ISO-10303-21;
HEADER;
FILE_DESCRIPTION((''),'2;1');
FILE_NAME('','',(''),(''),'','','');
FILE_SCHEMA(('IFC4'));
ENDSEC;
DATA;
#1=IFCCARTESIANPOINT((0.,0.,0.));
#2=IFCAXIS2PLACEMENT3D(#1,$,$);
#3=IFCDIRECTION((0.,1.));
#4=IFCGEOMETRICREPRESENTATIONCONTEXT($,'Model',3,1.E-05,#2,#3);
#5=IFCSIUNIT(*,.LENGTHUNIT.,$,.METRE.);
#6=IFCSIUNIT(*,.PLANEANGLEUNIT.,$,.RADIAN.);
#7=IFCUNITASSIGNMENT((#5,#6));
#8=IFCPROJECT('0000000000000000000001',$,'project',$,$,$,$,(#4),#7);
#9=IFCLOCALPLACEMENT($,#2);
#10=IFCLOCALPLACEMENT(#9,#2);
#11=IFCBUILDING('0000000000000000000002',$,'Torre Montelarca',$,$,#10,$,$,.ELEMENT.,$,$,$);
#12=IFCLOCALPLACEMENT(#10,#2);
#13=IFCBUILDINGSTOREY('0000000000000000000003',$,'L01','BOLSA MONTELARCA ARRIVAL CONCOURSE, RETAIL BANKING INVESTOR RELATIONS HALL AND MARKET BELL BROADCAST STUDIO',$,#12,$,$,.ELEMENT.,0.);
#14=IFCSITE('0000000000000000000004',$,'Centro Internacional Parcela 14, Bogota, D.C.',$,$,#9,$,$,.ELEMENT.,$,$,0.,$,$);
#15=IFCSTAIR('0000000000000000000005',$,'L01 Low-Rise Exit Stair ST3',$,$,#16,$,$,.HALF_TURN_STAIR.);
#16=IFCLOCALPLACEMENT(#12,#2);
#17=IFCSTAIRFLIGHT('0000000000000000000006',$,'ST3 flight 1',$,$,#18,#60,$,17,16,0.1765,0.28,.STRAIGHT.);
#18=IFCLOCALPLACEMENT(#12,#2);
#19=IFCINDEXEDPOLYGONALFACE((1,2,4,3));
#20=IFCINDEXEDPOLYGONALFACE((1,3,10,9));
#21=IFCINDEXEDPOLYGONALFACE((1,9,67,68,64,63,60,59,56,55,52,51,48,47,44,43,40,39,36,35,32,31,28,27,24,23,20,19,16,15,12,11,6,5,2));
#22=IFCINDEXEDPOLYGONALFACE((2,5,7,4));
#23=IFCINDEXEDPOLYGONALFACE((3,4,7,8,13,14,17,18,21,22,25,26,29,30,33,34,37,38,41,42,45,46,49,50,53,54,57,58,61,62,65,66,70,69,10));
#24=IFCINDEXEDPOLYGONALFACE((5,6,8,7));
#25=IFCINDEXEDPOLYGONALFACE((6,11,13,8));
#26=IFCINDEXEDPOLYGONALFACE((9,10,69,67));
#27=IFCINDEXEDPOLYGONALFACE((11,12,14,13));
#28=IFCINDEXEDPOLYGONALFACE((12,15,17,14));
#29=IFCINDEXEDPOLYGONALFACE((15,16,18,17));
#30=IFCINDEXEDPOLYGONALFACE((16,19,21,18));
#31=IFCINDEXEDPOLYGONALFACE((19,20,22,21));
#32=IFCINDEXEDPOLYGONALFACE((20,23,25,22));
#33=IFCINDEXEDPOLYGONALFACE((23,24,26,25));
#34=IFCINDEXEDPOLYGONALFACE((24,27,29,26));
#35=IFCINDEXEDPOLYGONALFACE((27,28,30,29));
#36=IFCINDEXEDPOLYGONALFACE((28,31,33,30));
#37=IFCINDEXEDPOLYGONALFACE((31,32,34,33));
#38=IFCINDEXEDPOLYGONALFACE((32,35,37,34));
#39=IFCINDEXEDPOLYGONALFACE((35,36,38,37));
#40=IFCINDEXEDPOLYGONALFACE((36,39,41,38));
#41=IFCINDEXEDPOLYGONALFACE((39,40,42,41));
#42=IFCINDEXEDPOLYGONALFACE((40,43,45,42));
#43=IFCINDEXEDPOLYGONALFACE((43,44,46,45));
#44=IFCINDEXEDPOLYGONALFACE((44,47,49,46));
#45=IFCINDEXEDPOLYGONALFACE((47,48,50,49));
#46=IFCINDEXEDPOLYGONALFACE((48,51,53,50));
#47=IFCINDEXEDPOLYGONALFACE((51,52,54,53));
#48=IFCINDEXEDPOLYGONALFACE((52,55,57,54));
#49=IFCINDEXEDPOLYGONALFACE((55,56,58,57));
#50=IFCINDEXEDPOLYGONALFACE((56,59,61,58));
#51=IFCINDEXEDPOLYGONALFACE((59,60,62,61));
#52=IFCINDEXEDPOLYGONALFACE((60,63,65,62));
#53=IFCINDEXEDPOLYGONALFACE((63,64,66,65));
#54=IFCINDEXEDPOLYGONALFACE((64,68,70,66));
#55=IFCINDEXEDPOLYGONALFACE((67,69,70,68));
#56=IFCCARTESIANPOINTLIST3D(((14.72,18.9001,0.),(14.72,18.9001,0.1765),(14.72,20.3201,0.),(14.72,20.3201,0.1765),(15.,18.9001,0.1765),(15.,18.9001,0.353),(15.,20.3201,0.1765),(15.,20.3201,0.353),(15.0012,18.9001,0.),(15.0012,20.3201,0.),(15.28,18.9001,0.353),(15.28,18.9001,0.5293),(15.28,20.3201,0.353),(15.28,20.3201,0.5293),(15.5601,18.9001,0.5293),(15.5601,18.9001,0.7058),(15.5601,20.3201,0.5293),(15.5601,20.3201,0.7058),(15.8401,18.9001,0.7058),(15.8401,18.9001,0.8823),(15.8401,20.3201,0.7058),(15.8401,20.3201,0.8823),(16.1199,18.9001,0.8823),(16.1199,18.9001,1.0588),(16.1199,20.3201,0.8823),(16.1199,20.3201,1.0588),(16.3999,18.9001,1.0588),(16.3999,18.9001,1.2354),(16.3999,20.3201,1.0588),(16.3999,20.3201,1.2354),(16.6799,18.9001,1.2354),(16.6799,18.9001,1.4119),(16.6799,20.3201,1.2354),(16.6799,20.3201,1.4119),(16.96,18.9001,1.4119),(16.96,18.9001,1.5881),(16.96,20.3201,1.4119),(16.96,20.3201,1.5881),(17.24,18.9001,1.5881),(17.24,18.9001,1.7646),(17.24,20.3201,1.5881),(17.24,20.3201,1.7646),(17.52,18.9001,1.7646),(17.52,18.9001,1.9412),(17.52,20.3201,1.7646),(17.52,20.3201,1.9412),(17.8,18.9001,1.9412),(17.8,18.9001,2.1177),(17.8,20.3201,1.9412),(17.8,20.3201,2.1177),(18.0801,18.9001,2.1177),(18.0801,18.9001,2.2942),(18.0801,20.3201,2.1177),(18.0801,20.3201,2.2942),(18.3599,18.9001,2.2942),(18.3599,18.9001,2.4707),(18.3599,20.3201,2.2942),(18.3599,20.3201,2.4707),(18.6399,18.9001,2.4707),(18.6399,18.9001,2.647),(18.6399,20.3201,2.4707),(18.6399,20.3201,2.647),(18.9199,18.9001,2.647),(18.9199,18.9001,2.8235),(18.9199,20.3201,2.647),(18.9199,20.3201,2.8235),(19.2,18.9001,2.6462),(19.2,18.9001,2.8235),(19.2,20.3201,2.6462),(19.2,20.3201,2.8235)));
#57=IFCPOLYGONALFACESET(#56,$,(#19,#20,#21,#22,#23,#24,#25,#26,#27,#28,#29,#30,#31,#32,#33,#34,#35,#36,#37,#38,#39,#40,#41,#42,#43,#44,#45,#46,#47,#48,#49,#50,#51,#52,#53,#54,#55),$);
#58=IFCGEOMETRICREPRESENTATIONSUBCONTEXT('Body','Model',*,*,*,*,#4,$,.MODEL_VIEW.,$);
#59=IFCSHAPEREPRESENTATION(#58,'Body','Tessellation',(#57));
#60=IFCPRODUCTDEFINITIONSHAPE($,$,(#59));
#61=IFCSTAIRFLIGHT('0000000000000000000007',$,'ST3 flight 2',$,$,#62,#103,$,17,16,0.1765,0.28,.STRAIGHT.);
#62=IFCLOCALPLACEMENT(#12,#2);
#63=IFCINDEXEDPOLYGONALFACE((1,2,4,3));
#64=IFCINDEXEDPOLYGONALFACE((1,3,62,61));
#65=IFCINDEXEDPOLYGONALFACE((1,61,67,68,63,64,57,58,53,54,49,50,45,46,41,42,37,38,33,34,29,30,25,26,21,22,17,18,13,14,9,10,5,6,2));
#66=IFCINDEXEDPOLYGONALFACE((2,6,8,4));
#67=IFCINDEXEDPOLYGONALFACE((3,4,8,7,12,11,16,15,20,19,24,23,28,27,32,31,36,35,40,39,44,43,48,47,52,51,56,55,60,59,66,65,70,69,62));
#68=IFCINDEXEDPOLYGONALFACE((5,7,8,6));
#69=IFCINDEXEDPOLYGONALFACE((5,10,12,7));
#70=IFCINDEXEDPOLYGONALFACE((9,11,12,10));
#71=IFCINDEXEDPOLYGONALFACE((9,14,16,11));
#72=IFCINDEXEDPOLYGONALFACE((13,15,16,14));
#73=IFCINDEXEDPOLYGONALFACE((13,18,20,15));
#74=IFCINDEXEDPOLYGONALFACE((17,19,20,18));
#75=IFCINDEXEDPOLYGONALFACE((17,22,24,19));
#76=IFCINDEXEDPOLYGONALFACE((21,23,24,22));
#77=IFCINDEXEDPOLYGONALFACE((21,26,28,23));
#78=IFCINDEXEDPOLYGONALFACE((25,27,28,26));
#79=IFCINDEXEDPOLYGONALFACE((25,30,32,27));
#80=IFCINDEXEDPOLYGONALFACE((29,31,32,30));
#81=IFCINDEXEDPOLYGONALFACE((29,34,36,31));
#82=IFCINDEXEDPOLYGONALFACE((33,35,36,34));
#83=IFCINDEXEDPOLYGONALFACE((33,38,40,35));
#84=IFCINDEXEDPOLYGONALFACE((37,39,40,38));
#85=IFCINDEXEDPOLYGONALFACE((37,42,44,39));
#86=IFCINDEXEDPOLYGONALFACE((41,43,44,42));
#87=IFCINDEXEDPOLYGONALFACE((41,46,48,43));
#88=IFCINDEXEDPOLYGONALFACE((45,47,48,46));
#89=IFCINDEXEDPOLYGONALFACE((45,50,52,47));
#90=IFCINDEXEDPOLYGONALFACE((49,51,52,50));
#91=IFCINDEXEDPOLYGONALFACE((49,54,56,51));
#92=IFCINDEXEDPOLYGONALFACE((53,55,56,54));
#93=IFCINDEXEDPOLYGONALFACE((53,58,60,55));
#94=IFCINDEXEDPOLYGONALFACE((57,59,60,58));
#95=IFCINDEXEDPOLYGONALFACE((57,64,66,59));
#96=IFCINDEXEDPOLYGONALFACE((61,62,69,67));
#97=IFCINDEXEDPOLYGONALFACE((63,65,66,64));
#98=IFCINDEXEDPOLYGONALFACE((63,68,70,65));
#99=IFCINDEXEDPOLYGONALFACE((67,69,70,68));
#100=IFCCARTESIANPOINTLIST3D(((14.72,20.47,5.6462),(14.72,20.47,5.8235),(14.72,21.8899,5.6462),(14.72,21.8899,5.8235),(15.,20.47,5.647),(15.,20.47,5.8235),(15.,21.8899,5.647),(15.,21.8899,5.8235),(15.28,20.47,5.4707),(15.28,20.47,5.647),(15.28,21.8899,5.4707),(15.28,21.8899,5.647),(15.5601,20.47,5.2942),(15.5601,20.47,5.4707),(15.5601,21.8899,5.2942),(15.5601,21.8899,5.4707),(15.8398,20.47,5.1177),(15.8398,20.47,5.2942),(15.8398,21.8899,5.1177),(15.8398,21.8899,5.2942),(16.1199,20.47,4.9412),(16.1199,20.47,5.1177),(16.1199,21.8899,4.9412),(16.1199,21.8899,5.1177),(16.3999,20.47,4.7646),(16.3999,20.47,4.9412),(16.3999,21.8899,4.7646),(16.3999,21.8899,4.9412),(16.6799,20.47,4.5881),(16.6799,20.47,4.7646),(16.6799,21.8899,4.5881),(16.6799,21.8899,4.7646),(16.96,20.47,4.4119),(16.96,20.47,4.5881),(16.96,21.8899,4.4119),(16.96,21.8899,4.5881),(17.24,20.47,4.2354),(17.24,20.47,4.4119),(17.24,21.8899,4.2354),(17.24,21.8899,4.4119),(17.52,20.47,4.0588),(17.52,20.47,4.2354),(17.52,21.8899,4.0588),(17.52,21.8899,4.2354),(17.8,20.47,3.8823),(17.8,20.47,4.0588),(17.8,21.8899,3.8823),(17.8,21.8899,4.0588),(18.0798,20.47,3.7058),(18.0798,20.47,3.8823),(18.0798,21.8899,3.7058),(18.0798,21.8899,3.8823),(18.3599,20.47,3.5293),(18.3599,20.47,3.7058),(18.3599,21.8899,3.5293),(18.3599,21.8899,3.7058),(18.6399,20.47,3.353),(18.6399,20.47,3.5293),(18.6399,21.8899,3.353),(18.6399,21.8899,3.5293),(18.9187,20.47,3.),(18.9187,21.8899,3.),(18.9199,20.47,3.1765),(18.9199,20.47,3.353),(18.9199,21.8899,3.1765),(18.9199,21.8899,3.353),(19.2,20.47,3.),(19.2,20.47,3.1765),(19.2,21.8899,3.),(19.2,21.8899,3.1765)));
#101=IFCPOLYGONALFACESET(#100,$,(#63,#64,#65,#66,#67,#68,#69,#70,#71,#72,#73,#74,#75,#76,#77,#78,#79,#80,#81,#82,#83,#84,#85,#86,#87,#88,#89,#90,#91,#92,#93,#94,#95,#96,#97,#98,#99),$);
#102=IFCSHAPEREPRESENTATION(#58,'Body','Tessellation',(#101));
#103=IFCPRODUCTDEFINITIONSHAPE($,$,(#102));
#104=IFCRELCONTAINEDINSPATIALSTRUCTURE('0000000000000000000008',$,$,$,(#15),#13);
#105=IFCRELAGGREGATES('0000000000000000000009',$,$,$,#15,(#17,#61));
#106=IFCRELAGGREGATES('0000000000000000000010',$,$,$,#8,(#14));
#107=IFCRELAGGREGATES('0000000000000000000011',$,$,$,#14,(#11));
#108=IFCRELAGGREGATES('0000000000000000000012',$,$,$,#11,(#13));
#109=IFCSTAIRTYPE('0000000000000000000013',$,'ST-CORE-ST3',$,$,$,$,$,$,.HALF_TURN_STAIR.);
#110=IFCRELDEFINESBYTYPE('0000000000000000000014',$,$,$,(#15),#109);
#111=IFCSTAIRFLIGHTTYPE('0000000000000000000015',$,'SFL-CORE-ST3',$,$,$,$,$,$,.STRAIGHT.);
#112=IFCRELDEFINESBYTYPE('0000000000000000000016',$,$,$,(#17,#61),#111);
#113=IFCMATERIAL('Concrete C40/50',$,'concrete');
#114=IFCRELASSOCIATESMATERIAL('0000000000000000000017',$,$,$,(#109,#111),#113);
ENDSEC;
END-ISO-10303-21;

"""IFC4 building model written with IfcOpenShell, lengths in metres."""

from ifc_helpers import new_model, si_unit, direction, frame, origin, place, context, subcontext, project, spatial, polyline, outline, extrude, material, type_object, element, aggregate, save


model = new_model("IFC4")

# Units and contexts
model_context = context("Model", 3, precision=1e-05, world=origin(), true_north=direction((0.0, 1.0)))
body_context = subcontext(model_context, "Body", "Model", "MODEL_VIEW")
ifc_project = project(units=[si_unit("LENGTHUNIT", "METRE"), si_unit("PLANEANGLEUNIT", "RADIAN")], contexts=[model_context])

# Site, building, storey
site_placement = place(None, origin())
site = spatial("IfcSite", under=ifc_project, at=site_placement, Name="Centro Internacional Parcela 14, Bogota, D.C.", CompositionType="ELEMENT", RefElevation=0.0)
building_placement = place(site_placement, origin())
building = spatial("IfcBuilding", under=site, at=building_placement, Name="Torre Montelarca", CompositionType="ELEMENT")
storey_placement = place(building_placement, origin())
storey = spatial("IfcBuildingStorey", under=building, at=storey_placement, Name="L01", Description="BOLSA MONTELARCA ARRIVAL CONCOURSE, RETAIL BANKING INVESTOR RELATIONS HALL AND MARKET BELL BROADCAST STUDIO", CompositionType="ELEMENT", Elevation=0.0)

# Shared definitions
ifc_material_1 = material(Name="Concrete C40/50", Category="concrete")

# Stair, stair flights
stair_type_1 = type_object("IfcStairType", Name="ST-CORE-ST3", PredefinedType="HALF_TURN_STAIR", material=ifc_material_1)
stair_1_placement = place(storey_placement, origin())
stair_1 = element("IfcStair", 1, at=stair_1_placement, inside=storey, type_object=stair_type_1, Name="L01 Low-Rise Exit Stair ST3", PredefinedType="HALF_TURN_STAIR")
stair_flight_type_1 = type_object("IfcStairFlightType", Name="SFL-CORE-ST3", PredefinedType="STRAIGHT", material=ifc_material_1)
stair_flight_1_placement = place(storey_placement, frame((14.72, 19.6101, 0.0), z_axis=(0.0, 0.0, 1.0), x_axis=(1.0, 0.0, 0.0)))
stair_flight_1 = element("IfcStairFlight", 2, at=stair_flight_1_placement, type_object=stair_flight_type_1, Name="ST3 flight 1", NumberOfRisers=17, NumberOfTreads=16, PredefinedType="STRAIGHT", RiserHeight=0.1765, TreadLength=0.28, context=body_context, shape_type="SweptSolid", body=[
    extrude(outline(polyline([(0.0, 0.0), (0.0, 0.1765), (0.28, 0.1765), (0.28, 0.353), (0.5601, 0.353), (0.5601, 0.5293), (0.8401, 0.5293), (0.8401, 0.7058), (1.1201, 0.7058), (1.1201, 0.8823), (1.3999, 0.8823), (1.3999, 1.0588), (1.6799, 1.0588), (1.6799, 1.2354), (1.96, 1.2354), (1.96, 1.4119), (2.24, 1.4119), (2.24, 1.5881), (2.52, 1.5881), (2.52, 1.7646), (2.8, 1.7646), (2.8, 1.9412), (3.0801, 1.9412), (3.0801, 2.1177), (3.3601, 2.1177), (3.3601, 2.2942), (3.6399, 2.2942), (3.6399, 2.4707), (3.9199, 2.4707), (3.9199, 2.647), (4.2, 2.647), (4.2, 2.8235), (4.48, 2.8235), (4.48, 3.0), (4.48, 2.6462), (0.2812, 0.0), (0.0, 0.0)])), frame((0.0, 0.71, 0.0), z_axis=(0.0, -1.0, 0.0), x_axis=(1.0, 0.0, 0.0)), (0.0, 0.0, 1.0), 1.4199),
])
stair_flight_2_placement = place(storey_placement, frame((19.2, 21.1799, 3.0), z_axis=(0.0, 0.0, 1.0), x_axis=(-1.0, 0.0, 0.0)))
stair_flight_2 = element("IfcStairFlight", 3, at=stair_flight_2_placement, type_object=stair_flight_type_1, Name="ST3 flight 2", NumberOfRisers=17, NumberOfTreads=16, PredefinedType="STRAIGHT", RiserHeight=0.1765, TreadLength=0.28, context=body_context, shape_type="SweptSolid", body=[
    extrude(outline(polyline([(0.0, 0.0), (0.0, 0.1765), (0.28, 0.1765), (0.28, 0.353), (0.5601, 0.353), (0.5601, 0.5293), (0.8401, 0.5293), (0.8401, 0.7058), (1.1201, 0.7058), (1.1201, 0.8823), (1.3999, 0.8823), (1.3999, 1.0588), (1.6799, 1.0588), (1.6799, 1.2354), (1.96, 1.2354), (1.96, 1.4119), (2.24, 1.4119), (2.24, 1.5881), (2.52, 1.5881), (2.52, 1.7646), (2.8, 1.7646), (2.8, 1.9412), (3.0801, 1.9412), (3.0801, 2.1177), (3.3601, 2.1177), (3.3601, 2.2942), (3.6399, 2.2942), (3.6399, 2.4707), (3.9199, 2.4707), (3.9199, 2.647), (4.2, 2.647), (4.2, 2.8235), (4.48, 2.8235), (4.48, 3.0), (4.48, 2.6462), (0.2812, 0.0), (0.0, 0.0)])), frame((0.0, 0.71, 0.0), z_axis=(0.0, -1.0, 0.0), x_axis=(1.0, 0.0, 0.0)), (0.0, 0.0, 1.0), 1.4199),
])
aggregate(stair_1, [stair_flight_1, stair_flight_2])

save(model, "model.ifc")
